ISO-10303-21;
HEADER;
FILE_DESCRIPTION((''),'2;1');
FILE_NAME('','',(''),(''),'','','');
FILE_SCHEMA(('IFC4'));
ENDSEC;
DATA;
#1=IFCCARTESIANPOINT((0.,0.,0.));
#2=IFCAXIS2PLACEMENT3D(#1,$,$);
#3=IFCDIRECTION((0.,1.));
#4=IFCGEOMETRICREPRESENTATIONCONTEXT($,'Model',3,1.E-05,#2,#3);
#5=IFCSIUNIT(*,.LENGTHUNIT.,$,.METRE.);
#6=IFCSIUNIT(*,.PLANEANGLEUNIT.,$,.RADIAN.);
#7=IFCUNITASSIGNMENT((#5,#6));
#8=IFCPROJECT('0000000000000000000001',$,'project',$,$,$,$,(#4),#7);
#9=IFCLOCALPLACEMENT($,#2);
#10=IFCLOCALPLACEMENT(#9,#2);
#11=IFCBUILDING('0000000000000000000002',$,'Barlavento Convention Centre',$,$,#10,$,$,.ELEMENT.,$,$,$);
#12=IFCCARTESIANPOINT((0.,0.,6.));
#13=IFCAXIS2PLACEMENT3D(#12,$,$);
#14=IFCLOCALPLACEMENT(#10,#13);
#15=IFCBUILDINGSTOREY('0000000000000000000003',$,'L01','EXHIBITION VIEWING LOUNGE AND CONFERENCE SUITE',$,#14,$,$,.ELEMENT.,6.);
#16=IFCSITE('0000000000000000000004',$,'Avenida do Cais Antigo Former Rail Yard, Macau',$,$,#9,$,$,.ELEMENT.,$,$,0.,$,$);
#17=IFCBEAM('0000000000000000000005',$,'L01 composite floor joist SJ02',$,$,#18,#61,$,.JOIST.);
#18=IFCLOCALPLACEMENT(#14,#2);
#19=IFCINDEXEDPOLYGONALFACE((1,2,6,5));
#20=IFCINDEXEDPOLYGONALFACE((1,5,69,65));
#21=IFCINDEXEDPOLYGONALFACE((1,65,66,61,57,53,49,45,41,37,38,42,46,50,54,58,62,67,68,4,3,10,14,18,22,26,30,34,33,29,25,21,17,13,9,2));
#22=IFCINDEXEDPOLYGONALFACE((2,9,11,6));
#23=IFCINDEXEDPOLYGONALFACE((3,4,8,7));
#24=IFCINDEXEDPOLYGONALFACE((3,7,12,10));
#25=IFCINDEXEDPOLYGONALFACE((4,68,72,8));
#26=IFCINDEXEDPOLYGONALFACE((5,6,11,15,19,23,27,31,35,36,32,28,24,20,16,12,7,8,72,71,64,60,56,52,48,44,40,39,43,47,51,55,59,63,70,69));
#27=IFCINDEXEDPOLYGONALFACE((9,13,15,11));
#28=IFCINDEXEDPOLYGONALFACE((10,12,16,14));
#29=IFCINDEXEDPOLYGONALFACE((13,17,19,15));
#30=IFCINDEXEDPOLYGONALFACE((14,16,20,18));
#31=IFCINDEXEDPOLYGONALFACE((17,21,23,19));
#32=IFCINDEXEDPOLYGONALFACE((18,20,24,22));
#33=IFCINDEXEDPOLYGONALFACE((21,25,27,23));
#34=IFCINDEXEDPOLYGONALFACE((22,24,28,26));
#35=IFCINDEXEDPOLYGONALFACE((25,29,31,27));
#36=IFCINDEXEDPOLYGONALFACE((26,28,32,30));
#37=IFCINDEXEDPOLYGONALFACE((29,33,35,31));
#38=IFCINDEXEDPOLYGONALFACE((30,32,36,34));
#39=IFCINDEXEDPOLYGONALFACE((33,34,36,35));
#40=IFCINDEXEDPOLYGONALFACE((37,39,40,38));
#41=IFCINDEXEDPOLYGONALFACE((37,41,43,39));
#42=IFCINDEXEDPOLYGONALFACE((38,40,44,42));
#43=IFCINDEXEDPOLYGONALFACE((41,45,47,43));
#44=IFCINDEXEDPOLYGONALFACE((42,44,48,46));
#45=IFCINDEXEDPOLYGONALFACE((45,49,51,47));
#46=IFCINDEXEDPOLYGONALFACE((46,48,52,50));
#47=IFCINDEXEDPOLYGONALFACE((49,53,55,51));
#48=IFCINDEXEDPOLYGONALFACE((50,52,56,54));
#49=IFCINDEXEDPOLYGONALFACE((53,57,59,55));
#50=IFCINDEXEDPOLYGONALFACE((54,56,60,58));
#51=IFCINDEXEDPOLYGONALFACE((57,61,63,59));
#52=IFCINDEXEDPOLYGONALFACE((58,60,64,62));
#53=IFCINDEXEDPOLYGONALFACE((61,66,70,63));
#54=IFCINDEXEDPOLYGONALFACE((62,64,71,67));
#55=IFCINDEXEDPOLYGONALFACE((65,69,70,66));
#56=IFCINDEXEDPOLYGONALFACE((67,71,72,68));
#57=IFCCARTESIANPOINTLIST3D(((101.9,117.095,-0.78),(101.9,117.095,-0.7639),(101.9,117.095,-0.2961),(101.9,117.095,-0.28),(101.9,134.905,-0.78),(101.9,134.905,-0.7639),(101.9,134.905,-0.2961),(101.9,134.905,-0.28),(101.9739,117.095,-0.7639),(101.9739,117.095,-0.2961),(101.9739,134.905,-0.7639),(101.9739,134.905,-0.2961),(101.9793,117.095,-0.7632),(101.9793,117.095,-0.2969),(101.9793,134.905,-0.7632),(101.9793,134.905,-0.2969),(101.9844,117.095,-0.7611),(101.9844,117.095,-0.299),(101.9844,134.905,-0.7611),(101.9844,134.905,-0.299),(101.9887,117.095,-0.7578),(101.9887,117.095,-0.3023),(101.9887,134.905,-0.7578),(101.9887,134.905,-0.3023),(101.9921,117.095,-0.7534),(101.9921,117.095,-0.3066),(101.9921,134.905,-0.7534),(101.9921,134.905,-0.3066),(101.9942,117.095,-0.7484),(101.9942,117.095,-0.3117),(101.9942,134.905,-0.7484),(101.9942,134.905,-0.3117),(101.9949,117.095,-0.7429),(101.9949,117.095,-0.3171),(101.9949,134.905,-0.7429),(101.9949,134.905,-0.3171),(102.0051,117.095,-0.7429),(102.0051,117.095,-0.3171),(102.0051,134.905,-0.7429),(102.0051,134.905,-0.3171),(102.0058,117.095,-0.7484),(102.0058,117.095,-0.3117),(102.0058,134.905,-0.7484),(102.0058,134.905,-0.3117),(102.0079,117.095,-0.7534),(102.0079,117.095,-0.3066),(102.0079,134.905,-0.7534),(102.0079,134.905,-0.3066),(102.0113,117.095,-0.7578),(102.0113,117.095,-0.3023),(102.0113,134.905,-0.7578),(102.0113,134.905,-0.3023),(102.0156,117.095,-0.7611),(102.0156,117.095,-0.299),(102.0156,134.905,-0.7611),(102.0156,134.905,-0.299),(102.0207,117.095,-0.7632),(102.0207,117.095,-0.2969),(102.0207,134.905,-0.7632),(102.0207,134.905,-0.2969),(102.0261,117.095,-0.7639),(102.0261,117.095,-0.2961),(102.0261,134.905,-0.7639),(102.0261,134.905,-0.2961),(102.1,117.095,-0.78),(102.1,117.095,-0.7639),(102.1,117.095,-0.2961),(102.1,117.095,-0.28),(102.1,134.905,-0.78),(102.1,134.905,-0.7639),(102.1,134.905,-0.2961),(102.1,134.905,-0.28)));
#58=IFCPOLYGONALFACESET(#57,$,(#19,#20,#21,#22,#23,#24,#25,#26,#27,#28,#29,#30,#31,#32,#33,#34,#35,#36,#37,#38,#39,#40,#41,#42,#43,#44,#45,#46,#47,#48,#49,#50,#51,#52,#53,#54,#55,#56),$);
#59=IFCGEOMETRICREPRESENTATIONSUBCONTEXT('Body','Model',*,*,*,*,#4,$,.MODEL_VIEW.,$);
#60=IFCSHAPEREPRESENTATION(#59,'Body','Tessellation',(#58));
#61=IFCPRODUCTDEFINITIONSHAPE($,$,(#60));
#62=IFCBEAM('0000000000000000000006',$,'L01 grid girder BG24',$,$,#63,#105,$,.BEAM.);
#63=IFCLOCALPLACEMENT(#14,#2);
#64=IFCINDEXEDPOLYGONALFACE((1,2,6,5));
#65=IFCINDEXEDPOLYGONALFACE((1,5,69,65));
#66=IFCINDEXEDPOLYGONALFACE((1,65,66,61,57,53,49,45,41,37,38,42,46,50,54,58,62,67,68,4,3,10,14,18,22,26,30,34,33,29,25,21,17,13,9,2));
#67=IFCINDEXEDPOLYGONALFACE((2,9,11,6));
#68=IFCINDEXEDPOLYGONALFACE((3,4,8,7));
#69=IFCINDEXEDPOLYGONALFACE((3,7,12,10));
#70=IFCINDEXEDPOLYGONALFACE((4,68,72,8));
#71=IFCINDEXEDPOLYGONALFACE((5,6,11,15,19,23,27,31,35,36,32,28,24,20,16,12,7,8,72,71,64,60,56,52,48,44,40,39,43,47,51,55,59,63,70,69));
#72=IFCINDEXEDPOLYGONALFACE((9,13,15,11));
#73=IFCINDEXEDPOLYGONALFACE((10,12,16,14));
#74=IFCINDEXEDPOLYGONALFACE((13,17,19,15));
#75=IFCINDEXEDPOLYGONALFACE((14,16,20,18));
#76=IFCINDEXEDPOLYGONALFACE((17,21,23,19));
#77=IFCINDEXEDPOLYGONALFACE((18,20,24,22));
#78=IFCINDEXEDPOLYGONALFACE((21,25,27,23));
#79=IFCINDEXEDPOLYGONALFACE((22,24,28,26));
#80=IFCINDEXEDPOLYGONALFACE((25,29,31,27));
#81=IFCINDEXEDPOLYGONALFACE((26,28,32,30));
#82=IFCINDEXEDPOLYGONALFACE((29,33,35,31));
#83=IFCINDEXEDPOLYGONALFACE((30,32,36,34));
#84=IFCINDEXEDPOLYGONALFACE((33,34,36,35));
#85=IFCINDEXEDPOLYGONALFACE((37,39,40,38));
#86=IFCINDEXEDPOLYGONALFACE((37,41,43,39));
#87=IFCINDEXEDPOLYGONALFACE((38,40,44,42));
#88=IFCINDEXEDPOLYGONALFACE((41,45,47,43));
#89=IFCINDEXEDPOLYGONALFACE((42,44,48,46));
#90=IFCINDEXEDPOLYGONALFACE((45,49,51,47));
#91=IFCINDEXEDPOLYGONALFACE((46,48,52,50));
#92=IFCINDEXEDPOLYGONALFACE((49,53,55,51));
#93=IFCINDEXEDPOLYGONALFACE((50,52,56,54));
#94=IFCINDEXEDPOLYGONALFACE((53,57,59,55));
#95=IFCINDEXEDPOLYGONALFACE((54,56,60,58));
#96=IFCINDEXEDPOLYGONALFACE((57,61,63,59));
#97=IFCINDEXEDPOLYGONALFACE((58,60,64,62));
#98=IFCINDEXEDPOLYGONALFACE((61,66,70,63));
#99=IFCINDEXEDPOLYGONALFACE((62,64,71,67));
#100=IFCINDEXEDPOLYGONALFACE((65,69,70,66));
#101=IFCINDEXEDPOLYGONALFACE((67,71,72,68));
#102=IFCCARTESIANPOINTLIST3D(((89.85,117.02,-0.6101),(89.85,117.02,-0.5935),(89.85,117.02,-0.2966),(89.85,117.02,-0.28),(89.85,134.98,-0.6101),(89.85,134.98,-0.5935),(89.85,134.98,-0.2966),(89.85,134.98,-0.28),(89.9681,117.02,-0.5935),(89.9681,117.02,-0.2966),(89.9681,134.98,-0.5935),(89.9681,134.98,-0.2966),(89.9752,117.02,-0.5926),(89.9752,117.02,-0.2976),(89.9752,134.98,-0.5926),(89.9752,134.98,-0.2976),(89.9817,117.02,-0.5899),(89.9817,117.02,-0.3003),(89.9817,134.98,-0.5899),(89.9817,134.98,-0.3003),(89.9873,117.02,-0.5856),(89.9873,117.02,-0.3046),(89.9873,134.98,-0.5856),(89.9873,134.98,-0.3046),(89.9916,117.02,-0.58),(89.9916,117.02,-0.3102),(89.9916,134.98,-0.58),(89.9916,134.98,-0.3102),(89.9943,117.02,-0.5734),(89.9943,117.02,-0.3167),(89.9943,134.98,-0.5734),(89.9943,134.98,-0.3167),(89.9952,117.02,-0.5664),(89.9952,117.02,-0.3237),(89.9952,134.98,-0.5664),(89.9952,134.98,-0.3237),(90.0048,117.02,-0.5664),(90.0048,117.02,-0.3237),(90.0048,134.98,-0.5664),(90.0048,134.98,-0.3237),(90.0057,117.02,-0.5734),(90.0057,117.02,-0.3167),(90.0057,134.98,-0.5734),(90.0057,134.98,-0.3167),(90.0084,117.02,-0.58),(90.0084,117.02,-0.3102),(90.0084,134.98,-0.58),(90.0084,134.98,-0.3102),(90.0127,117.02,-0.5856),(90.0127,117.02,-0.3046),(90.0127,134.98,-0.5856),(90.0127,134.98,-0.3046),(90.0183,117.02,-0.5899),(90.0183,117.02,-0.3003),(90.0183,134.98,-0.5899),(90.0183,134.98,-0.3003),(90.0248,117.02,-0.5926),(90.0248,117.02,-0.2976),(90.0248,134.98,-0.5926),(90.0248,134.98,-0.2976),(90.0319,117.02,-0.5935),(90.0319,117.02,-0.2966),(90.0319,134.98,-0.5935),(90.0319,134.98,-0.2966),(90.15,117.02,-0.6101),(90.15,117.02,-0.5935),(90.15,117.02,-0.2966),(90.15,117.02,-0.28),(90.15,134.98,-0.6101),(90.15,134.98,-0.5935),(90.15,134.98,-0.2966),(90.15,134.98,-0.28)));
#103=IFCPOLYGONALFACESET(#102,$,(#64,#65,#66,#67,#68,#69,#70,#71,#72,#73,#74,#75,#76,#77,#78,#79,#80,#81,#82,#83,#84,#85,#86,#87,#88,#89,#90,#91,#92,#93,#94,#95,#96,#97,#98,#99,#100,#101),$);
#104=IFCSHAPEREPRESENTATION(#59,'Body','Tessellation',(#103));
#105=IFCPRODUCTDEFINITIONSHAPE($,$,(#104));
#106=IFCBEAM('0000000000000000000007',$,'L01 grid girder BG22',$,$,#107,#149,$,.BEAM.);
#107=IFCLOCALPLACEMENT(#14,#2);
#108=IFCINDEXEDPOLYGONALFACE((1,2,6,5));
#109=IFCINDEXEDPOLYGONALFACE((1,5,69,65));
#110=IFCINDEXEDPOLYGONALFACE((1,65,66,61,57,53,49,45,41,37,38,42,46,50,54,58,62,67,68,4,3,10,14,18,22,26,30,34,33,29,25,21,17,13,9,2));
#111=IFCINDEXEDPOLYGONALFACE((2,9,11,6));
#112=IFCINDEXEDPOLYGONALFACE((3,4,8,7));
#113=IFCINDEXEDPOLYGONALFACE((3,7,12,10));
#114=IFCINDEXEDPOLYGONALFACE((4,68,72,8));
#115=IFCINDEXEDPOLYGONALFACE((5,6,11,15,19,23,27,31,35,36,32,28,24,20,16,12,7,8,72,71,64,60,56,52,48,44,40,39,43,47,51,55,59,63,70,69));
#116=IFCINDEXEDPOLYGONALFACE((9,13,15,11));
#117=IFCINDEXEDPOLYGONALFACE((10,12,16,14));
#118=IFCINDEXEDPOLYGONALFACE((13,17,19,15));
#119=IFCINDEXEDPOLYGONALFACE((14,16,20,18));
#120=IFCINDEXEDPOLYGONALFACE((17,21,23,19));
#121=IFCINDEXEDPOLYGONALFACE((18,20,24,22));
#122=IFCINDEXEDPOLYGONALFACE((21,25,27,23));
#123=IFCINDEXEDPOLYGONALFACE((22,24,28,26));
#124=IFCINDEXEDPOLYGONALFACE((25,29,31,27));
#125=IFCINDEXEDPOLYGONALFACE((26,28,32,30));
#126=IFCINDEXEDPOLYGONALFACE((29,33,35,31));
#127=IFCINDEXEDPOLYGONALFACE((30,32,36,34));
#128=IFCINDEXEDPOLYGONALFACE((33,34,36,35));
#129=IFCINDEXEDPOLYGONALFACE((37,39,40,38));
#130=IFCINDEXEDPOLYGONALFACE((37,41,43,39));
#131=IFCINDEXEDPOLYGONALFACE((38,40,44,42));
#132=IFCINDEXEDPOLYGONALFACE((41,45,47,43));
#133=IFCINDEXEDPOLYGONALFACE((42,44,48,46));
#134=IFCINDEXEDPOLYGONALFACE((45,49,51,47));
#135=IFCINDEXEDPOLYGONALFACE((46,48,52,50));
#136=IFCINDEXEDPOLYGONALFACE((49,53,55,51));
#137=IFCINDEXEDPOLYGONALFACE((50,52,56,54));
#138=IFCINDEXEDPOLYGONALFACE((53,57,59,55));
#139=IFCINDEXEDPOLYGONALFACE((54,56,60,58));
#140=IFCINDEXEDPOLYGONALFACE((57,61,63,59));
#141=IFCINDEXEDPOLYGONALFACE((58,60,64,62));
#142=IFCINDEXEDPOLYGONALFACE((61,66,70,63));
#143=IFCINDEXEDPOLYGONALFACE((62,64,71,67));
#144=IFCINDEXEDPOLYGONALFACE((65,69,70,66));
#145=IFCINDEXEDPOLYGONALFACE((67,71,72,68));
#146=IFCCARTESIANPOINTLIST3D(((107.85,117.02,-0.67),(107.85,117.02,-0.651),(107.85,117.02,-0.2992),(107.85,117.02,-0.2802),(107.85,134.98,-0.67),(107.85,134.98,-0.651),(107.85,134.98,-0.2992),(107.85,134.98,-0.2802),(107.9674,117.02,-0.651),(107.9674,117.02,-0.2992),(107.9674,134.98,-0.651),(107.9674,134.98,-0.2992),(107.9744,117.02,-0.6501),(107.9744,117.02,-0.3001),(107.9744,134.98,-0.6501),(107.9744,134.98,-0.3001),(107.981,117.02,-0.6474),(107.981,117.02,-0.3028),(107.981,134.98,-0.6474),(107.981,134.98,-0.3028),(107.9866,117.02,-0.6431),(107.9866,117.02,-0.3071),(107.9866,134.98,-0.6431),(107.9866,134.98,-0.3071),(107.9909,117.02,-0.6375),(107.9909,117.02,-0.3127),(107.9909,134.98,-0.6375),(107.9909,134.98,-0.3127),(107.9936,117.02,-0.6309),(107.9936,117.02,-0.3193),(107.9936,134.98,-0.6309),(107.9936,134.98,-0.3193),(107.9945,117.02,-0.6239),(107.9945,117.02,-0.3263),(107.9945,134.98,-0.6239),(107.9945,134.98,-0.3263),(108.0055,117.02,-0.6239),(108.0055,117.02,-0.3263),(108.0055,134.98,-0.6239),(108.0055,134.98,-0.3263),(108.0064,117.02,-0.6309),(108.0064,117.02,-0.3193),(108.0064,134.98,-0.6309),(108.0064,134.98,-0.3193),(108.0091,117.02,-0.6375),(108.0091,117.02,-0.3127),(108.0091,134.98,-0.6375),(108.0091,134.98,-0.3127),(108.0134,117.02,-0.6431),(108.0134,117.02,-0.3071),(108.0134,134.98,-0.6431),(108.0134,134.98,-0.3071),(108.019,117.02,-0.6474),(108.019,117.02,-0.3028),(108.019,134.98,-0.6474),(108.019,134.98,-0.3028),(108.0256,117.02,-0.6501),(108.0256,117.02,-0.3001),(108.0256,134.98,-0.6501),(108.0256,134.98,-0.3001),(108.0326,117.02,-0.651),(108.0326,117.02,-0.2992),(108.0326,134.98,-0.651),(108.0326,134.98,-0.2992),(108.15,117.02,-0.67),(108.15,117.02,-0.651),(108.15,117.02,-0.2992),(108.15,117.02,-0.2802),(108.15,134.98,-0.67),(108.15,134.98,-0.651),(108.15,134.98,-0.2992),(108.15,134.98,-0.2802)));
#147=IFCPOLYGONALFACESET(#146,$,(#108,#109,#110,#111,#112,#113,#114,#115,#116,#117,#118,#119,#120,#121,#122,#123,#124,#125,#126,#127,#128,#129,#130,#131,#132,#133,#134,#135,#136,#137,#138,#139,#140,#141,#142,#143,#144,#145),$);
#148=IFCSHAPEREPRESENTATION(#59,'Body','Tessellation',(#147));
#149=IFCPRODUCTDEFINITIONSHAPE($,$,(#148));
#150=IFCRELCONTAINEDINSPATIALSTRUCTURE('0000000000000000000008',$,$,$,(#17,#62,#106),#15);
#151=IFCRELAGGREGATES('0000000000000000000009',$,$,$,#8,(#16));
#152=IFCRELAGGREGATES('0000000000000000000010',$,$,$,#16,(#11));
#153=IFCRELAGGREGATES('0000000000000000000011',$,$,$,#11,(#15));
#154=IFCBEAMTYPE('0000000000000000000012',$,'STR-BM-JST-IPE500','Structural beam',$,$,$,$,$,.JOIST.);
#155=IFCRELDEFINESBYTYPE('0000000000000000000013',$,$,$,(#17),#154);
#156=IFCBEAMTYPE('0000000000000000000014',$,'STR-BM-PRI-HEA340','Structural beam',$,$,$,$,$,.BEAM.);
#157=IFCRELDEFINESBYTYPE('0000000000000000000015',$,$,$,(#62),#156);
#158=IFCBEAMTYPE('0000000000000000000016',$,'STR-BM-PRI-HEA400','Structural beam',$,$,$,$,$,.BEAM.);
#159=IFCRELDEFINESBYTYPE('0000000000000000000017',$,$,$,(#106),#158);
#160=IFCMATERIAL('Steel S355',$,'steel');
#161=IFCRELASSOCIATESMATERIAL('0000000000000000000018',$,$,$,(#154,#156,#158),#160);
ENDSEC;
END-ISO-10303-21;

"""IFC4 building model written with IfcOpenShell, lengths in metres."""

from ifc_helpers import new_model, si_unit, direction, frame, origin, origin_2d, place, context, subcontext, project, spatial, i_section, extrude, material, material_profile, profile_set, type_object, element, save


model = new_model("IFC4")

# Units and contexts
model_context = context("Model", 3, precision=1e-05, world=origin(), true_north=direction((0.0, 1.0)))
body_context = subcontext(model_context, "Body", "Model", "MODEL_VIEW")
ifc_project = project(units=[si_unit("LENGTHUNIT", "METRE"), si_unit("PLANEANGLEUNIT", "RADIAN")], contexts=[model_context])

# Site, building, storey
site_placement = place(None, origin())
site = spatial("IfcSite", under=ifc_project, at=site_placement, Name="Avenida do Cais Antigo Former Rail Yard, Macau", CompositionType="ELEMENT", RefElevation=0.0)
building_placement = place(site_placement, origin())
building = spatial("IfcBuilding", under=site, at=building_placement, Name="Barlavento Convention Centre", CompositionType="ELEMENT")
storey_placement = place(building_placement, frame((0.0, 0.0, 6.0)))
storey = spatial("IfcBuildingStorey", under=building, at=storey_placement, Name="L01", Description="EXHIBITION VIEWING LOUNGE AND CONFERENCE SUITE", CompositionType="ELEMENT", Elevation=6.0)

# Beams
ifc_material_1 = material(Name="Steel S355", Category="steel")
ifc_material_profile_1 = material_profile(ifc_material_1, i_section(OverallWidth=0.2, OverallDepth=0.5, WebThickness=0.0103, FlangeThickness=0.0161, FilletRadius=0.021, at=origin_2d()), Name="IPE 500")
ifc_profile_set_1 = profile_set([ifc_material_profile_1], Name="Steel S355")
beam_type_1 = type_object("IfcBeamType", Name="STR-BM-JST-IPE500", Description="Structural beam", PredefinedType="JOIST", material=ifc_profile_set_1)
beam_1_placement = place(storey_placement, frame((102.0, 117.095, -0.53), z_axis=(0.0, 1.0, 0.0), x_axis=(-1.0, 0.0, 0.0)))
element("IfcBeam", 1, at=beam_1_placement, inside=storey, type_object=beam_type_1, Name="L01 composite floor joist SJ02", PredefinedType="JOIST", context=body_context, shape_type="SweptSolid", body=[
    extrude(i_section(OverallWidth=0.2, OverallDepth=0.5, WebThickness=0.0103, FlangeThickness=0.0161, FilletRadius=0.021, at=origin_2d()), origin(), (0.0, 0.0, 1.0), 17.8101),
])
ifc_material_profile_2 = material_profile(ifc_material_1, i_section(OverallWidth=0.3, OverallDepth=0.3301, WebThickness=0.0095, FlangeThickness=0.0166, FilletRadius=0.0271, at=origin_2d()), Name="HEA 340")
ifc_profile_set_2 = profile_set([ifc_material_profile_2], Name="Steel S355")
beam_type_2 = type_object("IfcBeamType", Name="STR-BM-PRI-HEA340", Description="Structural beam", PredefinedType="BEAM", material=ifc_profile_set_2)
beam_2_placement = place(storey_placement, frame((90.0, 117.02, -0.4451), z_axis=(0.0, 1.0, 0.0), x_axis=(-1.0, 0.0, 0.0)))
element("IfcBeam", 2, at=beam_2_placement, inside=storey, type_object=beam_type_2, Name="L01 grid girder BG24", PredefinedType="BEAM", context=body_context, shape_type="SweptSolid", body=[
    extrude(i_section(OverallWidth=0.3, OverallDepth=0.3301, WebThickness=0.0095, FlangeThickness=0.0166, FilletRadius=0.0271, at=origin_2d()), origin(), (0.0, 0.0, 1.0), 17.96),
])
ifc_material_profile_3 = material_profile(ifc_material_1, i_section(OverallWidth=0.3, OverallDepth=0.3899, WebThickness=0.011, FlangeThickness=0.019, FilletRadius=0.0271, at=origin_2d()), Name="HEA 400")
ifc_profile_set_3 = profile_set([ifc_material_profile_3], Name="Steel S355")
beam_type_3 = type_object("IfcBeamType", Name="STR-BM-PRI-HEA400", Description="Structural beam", PredefinedType="BEAM", material=ifc_profile_set_3)
beam_3_placement = place(storey_placement, frame((108.0, 117.02, -0.4751), z_axis=(0.0, 1.0, 0.0), x_axis=(-1.0, 0.0, 0.0)))
element("IfcBeam", 3, at=beam_3_placement, inside=storey, type_object=beam_type_3, Name="L01 grid girder BG22", PredefinedType="BEAM", context=body_context, shape_type="SweptSolid", body=[
    extrude(i_section(OverallWidth=0.3, OverallDepth=0.3899, WebThickness=0.011, FlangeThickness=0.019, FilletRadius=0.0271, at=origin_2d()), origin(), (0.0, 0.0, 1.0), 17.96),
])

save(model, "model.ifc")
